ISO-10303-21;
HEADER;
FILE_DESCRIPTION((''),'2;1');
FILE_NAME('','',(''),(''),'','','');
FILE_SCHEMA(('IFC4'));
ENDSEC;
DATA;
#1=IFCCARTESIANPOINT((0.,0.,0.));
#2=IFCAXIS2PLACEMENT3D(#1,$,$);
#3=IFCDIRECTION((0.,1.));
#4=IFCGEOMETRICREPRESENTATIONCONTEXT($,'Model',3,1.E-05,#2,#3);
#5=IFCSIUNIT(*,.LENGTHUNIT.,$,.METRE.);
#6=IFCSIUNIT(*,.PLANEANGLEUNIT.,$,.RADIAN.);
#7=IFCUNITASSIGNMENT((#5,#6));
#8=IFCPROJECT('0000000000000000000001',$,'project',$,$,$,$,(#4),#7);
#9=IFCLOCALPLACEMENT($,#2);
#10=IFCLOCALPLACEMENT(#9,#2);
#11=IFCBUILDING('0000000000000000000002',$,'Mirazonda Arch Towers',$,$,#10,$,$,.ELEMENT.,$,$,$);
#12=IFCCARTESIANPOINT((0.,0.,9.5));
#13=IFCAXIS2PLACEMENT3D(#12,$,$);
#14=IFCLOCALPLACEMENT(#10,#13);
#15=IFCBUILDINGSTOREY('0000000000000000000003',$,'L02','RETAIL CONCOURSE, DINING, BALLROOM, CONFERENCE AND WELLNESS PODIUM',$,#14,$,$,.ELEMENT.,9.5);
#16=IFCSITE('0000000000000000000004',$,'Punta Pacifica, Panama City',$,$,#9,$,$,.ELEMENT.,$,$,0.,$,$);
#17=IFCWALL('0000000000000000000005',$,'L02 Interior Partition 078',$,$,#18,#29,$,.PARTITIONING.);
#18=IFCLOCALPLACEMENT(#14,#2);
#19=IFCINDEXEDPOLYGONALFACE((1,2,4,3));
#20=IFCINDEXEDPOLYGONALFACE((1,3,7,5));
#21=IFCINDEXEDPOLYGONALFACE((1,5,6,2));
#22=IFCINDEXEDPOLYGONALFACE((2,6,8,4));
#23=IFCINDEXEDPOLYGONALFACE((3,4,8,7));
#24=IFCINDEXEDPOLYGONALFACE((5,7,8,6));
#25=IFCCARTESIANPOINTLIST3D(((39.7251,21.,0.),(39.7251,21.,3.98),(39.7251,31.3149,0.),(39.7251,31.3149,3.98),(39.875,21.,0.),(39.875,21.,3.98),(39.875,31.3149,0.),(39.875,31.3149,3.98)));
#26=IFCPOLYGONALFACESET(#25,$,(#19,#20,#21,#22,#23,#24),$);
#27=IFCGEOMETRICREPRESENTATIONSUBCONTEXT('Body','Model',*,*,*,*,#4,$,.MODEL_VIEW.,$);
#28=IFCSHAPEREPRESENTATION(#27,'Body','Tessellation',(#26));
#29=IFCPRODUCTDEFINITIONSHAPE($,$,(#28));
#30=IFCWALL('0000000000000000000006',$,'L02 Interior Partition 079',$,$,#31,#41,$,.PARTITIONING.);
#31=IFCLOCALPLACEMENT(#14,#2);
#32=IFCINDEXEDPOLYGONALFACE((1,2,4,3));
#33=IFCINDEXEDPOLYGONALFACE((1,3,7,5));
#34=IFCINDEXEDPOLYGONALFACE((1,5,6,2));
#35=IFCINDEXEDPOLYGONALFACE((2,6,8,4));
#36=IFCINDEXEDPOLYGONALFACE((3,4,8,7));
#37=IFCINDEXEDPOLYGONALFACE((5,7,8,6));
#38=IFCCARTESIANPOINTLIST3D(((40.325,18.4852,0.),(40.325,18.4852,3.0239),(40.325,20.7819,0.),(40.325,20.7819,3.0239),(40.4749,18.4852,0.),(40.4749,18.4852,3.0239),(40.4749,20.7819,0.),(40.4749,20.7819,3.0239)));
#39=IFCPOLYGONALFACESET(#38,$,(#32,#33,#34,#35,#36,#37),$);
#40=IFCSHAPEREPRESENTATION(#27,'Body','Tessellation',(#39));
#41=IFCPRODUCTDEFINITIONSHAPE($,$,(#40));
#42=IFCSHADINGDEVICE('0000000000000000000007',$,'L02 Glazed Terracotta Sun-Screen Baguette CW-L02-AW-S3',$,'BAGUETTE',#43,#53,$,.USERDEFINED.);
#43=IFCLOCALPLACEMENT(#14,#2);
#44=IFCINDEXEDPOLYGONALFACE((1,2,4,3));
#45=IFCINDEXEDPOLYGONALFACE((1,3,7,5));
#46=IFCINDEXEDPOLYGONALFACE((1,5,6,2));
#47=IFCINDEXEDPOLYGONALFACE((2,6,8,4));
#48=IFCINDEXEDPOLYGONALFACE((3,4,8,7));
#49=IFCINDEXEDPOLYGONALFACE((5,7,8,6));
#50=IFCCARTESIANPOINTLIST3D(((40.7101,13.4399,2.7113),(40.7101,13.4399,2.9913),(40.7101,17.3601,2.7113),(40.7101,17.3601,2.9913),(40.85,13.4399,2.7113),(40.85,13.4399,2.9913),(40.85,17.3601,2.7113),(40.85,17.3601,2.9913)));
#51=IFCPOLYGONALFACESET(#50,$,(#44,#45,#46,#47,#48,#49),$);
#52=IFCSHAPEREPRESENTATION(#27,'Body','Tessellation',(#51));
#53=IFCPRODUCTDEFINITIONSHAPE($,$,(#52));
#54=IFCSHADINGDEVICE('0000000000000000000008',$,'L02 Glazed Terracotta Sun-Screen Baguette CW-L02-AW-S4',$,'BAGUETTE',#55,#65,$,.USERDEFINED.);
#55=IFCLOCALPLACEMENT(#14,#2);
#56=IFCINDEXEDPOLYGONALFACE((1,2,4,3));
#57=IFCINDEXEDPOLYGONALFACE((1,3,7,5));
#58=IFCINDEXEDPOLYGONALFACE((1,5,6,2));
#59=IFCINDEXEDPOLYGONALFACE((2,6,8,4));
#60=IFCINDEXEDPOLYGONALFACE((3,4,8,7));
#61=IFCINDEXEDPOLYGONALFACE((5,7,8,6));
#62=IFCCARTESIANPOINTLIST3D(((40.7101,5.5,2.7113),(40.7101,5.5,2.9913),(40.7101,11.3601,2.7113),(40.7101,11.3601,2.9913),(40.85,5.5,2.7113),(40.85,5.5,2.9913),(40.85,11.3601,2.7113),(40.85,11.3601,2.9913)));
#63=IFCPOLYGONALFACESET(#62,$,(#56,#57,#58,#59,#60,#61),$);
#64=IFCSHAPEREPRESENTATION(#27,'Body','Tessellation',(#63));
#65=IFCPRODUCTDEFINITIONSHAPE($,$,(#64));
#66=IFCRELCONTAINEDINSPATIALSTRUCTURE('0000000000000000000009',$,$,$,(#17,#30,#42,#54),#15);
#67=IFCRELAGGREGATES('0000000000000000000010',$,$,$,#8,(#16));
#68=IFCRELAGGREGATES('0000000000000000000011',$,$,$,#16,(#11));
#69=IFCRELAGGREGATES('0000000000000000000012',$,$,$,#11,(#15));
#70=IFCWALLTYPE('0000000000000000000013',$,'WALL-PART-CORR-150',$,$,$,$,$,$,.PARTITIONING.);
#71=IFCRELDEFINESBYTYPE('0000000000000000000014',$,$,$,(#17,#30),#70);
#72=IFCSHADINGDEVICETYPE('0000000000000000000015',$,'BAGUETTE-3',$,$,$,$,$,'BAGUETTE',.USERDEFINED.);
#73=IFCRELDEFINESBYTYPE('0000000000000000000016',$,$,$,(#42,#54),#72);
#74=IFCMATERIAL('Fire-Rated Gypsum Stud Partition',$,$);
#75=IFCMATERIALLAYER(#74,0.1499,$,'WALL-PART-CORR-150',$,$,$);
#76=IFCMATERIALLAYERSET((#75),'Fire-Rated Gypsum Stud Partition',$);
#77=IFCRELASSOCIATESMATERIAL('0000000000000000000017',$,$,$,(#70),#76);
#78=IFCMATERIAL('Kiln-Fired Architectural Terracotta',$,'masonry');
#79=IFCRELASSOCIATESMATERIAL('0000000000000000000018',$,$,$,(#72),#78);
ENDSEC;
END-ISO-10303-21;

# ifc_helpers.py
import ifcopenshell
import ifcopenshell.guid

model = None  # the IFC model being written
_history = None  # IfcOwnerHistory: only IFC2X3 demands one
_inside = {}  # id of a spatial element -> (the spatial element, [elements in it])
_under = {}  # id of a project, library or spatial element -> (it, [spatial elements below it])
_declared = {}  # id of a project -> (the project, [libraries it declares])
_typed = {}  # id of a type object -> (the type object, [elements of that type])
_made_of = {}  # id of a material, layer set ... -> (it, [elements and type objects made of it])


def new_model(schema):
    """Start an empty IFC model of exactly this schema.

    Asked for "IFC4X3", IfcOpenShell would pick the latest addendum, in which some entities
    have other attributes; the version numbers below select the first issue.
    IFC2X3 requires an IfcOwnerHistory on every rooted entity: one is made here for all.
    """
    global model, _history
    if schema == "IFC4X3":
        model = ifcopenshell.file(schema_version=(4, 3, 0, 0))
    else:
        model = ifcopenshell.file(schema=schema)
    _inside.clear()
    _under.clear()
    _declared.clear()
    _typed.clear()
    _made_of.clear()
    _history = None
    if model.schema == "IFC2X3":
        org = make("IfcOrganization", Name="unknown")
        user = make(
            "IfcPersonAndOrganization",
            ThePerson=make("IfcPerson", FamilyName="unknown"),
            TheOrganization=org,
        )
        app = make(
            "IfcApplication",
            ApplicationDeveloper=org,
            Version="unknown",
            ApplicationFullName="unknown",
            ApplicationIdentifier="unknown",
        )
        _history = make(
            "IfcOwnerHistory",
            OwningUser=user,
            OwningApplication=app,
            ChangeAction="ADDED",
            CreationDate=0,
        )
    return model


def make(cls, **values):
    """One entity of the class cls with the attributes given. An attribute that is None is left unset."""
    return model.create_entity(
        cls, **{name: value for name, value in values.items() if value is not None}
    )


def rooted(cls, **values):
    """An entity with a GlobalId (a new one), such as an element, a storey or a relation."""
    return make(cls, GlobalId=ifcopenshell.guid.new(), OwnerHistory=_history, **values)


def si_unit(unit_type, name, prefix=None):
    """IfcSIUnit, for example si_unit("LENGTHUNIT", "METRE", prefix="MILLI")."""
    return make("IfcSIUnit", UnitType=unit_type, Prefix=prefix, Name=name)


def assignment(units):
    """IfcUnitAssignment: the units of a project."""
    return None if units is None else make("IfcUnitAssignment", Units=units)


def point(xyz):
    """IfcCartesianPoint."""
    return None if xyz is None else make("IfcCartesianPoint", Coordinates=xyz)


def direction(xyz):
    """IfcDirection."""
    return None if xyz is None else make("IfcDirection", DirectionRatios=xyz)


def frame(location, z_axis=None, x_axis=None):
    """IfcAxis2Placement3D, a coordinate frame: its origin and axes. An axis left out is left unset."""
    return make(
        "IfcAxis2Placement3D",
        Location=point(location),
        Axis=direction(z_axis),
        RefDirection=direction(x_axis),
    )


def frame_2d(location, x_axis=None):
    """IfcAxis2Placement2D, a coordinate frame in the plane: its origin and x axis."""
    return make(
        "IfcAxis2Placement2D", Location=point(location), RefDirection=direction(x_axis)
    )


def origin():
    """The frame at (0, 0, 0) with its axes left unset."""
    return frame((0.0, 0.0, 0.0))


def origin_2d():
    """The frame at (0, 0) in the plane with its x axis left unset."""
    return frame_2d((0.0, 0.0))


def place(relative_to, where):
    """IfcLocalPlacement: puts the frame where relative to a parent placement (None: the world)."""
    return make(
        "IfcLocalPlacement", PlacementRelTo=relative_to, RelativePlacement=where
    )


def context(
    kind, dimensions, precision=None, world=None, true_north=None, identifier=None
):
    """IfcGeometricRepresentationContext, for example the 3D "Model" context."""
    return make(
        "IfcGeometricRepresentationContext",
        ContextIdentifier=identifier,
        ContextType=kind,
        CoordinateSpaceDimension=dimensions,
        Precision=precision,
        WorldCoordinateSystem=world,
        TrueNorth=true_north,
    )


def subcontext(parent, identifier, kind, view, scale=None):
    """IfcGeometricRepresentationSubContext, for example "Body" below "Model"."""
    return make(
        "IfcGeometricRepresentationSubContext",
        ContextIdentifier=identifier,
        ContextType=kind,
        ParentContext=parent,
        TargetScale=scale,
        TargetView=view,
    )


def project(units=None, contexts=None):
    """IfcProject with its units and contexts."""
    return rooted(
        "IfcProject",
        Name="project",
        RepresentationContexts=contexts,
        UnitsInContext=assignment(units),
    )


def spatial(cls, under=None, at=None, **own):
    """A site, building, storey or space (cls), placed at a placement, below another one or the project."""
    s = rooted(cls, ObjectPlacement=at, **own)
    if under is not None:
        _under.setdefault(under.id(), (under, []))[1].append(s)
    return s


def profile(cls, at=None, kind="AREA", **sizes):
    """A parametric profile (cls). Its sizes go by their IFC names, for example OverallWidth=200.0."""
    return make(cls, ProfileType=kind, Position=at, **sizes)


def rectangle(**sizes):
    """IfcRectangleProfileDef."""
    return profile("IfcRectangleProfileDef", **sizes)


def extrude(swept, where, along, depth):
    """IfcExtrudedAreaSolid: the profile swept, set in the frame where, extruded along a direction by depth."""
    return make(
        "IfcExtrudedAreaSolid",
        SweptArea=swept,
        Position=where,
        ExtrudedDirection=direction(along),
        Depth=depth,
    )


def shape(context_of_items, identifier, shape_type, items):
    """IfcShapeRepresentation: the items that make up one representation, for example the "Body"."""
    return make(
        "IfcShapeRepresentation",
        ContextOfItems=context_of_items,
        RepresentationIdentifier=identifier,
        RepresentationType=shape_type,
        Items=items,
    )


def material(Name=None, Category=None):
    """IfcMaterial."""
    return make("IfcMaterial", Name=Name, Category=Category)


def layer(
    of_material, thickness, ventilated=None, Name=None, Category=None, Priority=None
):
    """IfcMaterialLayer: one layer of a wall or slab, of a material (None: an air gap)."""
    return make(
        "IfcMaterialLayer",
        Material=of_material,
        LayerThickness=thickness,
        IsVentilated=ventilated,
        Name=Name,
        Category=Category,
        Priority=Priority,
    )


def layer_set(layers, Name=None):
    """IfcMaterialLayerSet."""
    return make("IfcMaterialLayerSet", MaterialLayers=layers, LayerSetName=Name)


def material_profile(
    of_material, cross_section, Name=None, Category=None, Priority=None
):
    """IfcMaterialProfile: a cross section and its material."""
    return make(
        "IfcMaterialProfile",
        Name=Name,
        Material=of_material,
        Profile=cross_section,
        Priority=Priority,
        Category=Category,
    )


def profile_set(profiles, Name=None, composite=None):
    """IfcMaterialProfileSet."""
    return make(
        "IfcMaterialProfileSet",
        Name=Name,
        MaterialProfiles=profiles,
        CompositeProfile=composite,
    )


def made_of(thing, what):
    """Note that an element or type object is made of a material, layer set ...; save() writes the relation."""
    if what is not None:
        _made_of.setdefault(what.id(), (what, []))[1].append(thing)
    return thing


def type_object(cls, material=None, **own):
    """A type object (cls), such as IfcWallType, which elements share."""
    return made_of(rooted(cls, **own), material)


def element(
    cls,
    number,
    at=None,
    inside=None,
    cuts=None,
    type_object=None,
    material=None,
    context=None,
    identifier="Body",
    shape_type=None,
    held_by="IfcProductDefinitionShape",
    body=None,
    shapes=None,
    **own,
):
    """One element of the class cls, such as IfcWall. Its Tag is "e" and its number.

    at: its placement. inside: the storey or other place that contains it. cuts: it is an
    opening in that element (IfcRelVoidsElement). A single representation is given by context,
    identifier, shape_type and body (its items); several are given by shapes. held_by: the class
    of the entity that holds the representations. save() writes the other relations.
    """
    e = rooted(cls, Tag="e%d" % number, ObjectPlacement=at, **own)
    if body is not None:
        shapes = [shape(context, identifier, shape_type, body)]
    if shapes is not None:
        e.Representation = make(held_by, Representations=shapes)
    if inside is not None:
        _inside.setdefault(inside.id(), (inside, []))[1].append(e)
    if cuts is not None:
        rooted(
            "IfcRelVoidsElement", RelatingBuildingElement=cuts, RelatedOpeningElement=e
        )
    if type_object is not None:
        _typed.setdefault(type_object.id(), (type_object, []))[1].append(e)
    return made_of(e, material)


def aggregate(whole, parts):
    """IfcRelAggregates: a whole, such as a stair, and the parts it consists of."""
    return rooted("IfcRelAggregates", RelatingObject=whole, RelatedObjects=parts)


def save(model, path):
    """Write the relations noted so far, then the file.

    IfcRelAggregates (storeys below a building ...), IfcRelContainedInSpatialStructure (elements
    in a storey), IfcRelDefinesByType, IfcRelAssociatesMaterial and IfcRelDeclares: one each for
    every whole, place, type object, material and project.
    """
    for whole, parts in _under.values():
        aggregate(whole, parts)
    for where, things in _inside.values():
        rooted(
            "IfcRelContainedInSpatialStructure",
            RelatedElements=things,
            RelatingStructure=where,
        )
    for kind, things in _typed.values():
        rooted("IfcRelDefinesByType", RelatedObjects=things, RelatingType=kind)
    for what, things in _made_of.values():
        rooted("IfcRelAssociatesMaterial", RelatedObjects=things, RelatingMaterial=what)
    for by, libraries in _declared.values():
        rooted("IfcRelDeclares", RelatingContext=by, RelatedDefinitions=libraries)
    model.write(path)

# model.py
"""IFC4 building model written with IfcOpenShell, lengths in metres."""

from ifc_helpers import new_model, si_unit, direction, frame, frame_2d, origin, origin_2d, place, context, subcontext, project, spatial, rectangle, extrude, material, layer, layer_set, material_profile, profile_set, type_object, element, save


model = new_model("IFC4")

# Units and contexts
model_context = context("Model", 3, precision=1e-05, world=origin(), true_north=direction((0.0, 1.0)))
body_context = subcontext(model_context, "Body", "Model", "MODEL_VIEW")
ifc_project = project(units=[si_unit("LENGTHUNIT", "METRE"), si_unit("PLANEANGLEUNIT", "RADIAN")], contexts=[model_context])

# Site, building, storey
site_placement = place(None, origin())
site = spatial("IfcSite", under=ifc_project, at=site_placement, Name="Punta Pacifica, Panama City", CompositionType="ELEMENT", RefElevation=0.0)
building_placement = place(site_placement, origin())
building = spatial("IfcBuilding", under=site, at=building_placement, Name="Mirazonda Arch Towers", CompositionType="ELEMENT")
storey_placement = place(building_placement, frame((0.0, 0.0, 9.5)))
storey = spatial("IfcBuildingStorey", under=building, at=storey_placement, Name="L02", Description="RETAIL CONCOURSE, DINING, BALLROOM, CONFERENCE AND WELLNESS PODIUM", CompositionType="ELEMENT", Elevation=9.5)

# Walls
ifc_material_1 = material(Name="Fire-Rated Gypsum Stud Partition")
ifc_layer_1 = layer(ifc_material_1, 0.1499, Name="WALL-PART-CORR-150")
ifc_layer_set_1 = layer_set([ifc_layer_1], Name="Fire-Rated Gypsum Stud Partition")
wall_type = type_object("IfcWallType", Name="WALL-PART-CORR-150", PredefinedType="PARTITIONING", material=ifc_layer_set_1)
wall_1_placement = place(storey_placement, frame((39.8, 21.0, 0.0), z_axis=(0.0, 0.0, 1.0), x_axis=(0.0, 1.0, 0.0)))
element("IfcWall", 1, at=wall_1_placement, inside=storey, type_object=wall_type, Name="L02 Interior Partition 078", PredefinedType="PARTITIONING", context=body_context, shape_type="SweptSolid", body=[
    extrude(rectangle(XDim=10.3149, YDim=0.1499, at=frame_2d((5.1575, 0.0))), origin(), (0.0, 0.0, 1.0), 3.98),
])
wall_2_placement = place(storey_placement, frame((40.3999, 18.4851, 0.0), z_axis=(0.0, 0.0, 1.0), x_axis=(0.0, 1.0, 0.0)))
element("IfcWall", 2, at=wall_2_placement, inside=storey, type_object=wall_type, Name="L02 Interior Partition 079", PredefinedType="PARTITIONING", context=body_context, shape_type="SweptSolid", body=[
    extrude(rectangle(XDim=2.2966, YDim=0.1499, at=frame_2d((1.1484, 0.0))), origin(), (0.0, 0.0, 1.0), 3.0239),
])

# Shading devices
ifc_material_2 = material(Name="Kiln-Fired Architectural Terracotta", Category="masonry")
ifc_material_profile_1 = material_profile(ifc_material_2, rectangle(XDim=0.1399, YDim=0.28, at=origin_2d()), Name="TERRA-BAG-140x280")
ifc_profile_set_1 = profile_set([ifc_material_profile_1], Name="Kiln-Fired Architectural Terracotta")
shading_device_type = type_object("IfcShadingDeviceType", Name="BAGUETTE-3", ElementType="BAGUETTE", PredefinedType="USERDEFINED", material=ifc_profile_set_1)
shading_device_1_placement = place(storey_placement, frame((40.78, 17.3601, 2.8513), z_axis=(0.0, -1.0, 0.0), x_axis=(1.0, 0.0, 0.0)))
element("IfcShadingDevice", 3, at=shading_device_1_placement, inside=storey, type_object=shading_device_type, Name="L02 Glazed Terracotta Sun-Screen Baguette CW-L02-AW-S3", ObjectType="BAGUETTE", PredefinedType="USERDEFINED", context=body_context, shape_type="SweptSolid", body=[
    extrude(rectangle(XDim=0.1399, YDim=0.28, at=origin_2d()), origin(), (0.0, 0.0, 1.0), 3.9202),
])
shading_device_2_placement = place(storey_placement, frame((40.78, 11.3601, 2.8513), z_axis=(0.0, -1.0, 0.0), x_axis=(1.0, 0.0, 0.0)))
element("IfcShadingDevice", 4, at=shading_device_2_placement, inside=storey, type_object=shading_device_type, Name="L02 Glazed Terracotta Sun-Screen Baguette CW-L02-AW-S4", ObjectType="BAGUETTE", PredefinedType="USERDEFINED", context=body_context, shape_type="SweptSolid", body=[
    extrude(rectangle(XDim=0.1399, YDim=0.28, at=origin_2d()), origin(), (0.0, 0.0, 1.0), 5.8601),
])

save(model, "model.ifc")
